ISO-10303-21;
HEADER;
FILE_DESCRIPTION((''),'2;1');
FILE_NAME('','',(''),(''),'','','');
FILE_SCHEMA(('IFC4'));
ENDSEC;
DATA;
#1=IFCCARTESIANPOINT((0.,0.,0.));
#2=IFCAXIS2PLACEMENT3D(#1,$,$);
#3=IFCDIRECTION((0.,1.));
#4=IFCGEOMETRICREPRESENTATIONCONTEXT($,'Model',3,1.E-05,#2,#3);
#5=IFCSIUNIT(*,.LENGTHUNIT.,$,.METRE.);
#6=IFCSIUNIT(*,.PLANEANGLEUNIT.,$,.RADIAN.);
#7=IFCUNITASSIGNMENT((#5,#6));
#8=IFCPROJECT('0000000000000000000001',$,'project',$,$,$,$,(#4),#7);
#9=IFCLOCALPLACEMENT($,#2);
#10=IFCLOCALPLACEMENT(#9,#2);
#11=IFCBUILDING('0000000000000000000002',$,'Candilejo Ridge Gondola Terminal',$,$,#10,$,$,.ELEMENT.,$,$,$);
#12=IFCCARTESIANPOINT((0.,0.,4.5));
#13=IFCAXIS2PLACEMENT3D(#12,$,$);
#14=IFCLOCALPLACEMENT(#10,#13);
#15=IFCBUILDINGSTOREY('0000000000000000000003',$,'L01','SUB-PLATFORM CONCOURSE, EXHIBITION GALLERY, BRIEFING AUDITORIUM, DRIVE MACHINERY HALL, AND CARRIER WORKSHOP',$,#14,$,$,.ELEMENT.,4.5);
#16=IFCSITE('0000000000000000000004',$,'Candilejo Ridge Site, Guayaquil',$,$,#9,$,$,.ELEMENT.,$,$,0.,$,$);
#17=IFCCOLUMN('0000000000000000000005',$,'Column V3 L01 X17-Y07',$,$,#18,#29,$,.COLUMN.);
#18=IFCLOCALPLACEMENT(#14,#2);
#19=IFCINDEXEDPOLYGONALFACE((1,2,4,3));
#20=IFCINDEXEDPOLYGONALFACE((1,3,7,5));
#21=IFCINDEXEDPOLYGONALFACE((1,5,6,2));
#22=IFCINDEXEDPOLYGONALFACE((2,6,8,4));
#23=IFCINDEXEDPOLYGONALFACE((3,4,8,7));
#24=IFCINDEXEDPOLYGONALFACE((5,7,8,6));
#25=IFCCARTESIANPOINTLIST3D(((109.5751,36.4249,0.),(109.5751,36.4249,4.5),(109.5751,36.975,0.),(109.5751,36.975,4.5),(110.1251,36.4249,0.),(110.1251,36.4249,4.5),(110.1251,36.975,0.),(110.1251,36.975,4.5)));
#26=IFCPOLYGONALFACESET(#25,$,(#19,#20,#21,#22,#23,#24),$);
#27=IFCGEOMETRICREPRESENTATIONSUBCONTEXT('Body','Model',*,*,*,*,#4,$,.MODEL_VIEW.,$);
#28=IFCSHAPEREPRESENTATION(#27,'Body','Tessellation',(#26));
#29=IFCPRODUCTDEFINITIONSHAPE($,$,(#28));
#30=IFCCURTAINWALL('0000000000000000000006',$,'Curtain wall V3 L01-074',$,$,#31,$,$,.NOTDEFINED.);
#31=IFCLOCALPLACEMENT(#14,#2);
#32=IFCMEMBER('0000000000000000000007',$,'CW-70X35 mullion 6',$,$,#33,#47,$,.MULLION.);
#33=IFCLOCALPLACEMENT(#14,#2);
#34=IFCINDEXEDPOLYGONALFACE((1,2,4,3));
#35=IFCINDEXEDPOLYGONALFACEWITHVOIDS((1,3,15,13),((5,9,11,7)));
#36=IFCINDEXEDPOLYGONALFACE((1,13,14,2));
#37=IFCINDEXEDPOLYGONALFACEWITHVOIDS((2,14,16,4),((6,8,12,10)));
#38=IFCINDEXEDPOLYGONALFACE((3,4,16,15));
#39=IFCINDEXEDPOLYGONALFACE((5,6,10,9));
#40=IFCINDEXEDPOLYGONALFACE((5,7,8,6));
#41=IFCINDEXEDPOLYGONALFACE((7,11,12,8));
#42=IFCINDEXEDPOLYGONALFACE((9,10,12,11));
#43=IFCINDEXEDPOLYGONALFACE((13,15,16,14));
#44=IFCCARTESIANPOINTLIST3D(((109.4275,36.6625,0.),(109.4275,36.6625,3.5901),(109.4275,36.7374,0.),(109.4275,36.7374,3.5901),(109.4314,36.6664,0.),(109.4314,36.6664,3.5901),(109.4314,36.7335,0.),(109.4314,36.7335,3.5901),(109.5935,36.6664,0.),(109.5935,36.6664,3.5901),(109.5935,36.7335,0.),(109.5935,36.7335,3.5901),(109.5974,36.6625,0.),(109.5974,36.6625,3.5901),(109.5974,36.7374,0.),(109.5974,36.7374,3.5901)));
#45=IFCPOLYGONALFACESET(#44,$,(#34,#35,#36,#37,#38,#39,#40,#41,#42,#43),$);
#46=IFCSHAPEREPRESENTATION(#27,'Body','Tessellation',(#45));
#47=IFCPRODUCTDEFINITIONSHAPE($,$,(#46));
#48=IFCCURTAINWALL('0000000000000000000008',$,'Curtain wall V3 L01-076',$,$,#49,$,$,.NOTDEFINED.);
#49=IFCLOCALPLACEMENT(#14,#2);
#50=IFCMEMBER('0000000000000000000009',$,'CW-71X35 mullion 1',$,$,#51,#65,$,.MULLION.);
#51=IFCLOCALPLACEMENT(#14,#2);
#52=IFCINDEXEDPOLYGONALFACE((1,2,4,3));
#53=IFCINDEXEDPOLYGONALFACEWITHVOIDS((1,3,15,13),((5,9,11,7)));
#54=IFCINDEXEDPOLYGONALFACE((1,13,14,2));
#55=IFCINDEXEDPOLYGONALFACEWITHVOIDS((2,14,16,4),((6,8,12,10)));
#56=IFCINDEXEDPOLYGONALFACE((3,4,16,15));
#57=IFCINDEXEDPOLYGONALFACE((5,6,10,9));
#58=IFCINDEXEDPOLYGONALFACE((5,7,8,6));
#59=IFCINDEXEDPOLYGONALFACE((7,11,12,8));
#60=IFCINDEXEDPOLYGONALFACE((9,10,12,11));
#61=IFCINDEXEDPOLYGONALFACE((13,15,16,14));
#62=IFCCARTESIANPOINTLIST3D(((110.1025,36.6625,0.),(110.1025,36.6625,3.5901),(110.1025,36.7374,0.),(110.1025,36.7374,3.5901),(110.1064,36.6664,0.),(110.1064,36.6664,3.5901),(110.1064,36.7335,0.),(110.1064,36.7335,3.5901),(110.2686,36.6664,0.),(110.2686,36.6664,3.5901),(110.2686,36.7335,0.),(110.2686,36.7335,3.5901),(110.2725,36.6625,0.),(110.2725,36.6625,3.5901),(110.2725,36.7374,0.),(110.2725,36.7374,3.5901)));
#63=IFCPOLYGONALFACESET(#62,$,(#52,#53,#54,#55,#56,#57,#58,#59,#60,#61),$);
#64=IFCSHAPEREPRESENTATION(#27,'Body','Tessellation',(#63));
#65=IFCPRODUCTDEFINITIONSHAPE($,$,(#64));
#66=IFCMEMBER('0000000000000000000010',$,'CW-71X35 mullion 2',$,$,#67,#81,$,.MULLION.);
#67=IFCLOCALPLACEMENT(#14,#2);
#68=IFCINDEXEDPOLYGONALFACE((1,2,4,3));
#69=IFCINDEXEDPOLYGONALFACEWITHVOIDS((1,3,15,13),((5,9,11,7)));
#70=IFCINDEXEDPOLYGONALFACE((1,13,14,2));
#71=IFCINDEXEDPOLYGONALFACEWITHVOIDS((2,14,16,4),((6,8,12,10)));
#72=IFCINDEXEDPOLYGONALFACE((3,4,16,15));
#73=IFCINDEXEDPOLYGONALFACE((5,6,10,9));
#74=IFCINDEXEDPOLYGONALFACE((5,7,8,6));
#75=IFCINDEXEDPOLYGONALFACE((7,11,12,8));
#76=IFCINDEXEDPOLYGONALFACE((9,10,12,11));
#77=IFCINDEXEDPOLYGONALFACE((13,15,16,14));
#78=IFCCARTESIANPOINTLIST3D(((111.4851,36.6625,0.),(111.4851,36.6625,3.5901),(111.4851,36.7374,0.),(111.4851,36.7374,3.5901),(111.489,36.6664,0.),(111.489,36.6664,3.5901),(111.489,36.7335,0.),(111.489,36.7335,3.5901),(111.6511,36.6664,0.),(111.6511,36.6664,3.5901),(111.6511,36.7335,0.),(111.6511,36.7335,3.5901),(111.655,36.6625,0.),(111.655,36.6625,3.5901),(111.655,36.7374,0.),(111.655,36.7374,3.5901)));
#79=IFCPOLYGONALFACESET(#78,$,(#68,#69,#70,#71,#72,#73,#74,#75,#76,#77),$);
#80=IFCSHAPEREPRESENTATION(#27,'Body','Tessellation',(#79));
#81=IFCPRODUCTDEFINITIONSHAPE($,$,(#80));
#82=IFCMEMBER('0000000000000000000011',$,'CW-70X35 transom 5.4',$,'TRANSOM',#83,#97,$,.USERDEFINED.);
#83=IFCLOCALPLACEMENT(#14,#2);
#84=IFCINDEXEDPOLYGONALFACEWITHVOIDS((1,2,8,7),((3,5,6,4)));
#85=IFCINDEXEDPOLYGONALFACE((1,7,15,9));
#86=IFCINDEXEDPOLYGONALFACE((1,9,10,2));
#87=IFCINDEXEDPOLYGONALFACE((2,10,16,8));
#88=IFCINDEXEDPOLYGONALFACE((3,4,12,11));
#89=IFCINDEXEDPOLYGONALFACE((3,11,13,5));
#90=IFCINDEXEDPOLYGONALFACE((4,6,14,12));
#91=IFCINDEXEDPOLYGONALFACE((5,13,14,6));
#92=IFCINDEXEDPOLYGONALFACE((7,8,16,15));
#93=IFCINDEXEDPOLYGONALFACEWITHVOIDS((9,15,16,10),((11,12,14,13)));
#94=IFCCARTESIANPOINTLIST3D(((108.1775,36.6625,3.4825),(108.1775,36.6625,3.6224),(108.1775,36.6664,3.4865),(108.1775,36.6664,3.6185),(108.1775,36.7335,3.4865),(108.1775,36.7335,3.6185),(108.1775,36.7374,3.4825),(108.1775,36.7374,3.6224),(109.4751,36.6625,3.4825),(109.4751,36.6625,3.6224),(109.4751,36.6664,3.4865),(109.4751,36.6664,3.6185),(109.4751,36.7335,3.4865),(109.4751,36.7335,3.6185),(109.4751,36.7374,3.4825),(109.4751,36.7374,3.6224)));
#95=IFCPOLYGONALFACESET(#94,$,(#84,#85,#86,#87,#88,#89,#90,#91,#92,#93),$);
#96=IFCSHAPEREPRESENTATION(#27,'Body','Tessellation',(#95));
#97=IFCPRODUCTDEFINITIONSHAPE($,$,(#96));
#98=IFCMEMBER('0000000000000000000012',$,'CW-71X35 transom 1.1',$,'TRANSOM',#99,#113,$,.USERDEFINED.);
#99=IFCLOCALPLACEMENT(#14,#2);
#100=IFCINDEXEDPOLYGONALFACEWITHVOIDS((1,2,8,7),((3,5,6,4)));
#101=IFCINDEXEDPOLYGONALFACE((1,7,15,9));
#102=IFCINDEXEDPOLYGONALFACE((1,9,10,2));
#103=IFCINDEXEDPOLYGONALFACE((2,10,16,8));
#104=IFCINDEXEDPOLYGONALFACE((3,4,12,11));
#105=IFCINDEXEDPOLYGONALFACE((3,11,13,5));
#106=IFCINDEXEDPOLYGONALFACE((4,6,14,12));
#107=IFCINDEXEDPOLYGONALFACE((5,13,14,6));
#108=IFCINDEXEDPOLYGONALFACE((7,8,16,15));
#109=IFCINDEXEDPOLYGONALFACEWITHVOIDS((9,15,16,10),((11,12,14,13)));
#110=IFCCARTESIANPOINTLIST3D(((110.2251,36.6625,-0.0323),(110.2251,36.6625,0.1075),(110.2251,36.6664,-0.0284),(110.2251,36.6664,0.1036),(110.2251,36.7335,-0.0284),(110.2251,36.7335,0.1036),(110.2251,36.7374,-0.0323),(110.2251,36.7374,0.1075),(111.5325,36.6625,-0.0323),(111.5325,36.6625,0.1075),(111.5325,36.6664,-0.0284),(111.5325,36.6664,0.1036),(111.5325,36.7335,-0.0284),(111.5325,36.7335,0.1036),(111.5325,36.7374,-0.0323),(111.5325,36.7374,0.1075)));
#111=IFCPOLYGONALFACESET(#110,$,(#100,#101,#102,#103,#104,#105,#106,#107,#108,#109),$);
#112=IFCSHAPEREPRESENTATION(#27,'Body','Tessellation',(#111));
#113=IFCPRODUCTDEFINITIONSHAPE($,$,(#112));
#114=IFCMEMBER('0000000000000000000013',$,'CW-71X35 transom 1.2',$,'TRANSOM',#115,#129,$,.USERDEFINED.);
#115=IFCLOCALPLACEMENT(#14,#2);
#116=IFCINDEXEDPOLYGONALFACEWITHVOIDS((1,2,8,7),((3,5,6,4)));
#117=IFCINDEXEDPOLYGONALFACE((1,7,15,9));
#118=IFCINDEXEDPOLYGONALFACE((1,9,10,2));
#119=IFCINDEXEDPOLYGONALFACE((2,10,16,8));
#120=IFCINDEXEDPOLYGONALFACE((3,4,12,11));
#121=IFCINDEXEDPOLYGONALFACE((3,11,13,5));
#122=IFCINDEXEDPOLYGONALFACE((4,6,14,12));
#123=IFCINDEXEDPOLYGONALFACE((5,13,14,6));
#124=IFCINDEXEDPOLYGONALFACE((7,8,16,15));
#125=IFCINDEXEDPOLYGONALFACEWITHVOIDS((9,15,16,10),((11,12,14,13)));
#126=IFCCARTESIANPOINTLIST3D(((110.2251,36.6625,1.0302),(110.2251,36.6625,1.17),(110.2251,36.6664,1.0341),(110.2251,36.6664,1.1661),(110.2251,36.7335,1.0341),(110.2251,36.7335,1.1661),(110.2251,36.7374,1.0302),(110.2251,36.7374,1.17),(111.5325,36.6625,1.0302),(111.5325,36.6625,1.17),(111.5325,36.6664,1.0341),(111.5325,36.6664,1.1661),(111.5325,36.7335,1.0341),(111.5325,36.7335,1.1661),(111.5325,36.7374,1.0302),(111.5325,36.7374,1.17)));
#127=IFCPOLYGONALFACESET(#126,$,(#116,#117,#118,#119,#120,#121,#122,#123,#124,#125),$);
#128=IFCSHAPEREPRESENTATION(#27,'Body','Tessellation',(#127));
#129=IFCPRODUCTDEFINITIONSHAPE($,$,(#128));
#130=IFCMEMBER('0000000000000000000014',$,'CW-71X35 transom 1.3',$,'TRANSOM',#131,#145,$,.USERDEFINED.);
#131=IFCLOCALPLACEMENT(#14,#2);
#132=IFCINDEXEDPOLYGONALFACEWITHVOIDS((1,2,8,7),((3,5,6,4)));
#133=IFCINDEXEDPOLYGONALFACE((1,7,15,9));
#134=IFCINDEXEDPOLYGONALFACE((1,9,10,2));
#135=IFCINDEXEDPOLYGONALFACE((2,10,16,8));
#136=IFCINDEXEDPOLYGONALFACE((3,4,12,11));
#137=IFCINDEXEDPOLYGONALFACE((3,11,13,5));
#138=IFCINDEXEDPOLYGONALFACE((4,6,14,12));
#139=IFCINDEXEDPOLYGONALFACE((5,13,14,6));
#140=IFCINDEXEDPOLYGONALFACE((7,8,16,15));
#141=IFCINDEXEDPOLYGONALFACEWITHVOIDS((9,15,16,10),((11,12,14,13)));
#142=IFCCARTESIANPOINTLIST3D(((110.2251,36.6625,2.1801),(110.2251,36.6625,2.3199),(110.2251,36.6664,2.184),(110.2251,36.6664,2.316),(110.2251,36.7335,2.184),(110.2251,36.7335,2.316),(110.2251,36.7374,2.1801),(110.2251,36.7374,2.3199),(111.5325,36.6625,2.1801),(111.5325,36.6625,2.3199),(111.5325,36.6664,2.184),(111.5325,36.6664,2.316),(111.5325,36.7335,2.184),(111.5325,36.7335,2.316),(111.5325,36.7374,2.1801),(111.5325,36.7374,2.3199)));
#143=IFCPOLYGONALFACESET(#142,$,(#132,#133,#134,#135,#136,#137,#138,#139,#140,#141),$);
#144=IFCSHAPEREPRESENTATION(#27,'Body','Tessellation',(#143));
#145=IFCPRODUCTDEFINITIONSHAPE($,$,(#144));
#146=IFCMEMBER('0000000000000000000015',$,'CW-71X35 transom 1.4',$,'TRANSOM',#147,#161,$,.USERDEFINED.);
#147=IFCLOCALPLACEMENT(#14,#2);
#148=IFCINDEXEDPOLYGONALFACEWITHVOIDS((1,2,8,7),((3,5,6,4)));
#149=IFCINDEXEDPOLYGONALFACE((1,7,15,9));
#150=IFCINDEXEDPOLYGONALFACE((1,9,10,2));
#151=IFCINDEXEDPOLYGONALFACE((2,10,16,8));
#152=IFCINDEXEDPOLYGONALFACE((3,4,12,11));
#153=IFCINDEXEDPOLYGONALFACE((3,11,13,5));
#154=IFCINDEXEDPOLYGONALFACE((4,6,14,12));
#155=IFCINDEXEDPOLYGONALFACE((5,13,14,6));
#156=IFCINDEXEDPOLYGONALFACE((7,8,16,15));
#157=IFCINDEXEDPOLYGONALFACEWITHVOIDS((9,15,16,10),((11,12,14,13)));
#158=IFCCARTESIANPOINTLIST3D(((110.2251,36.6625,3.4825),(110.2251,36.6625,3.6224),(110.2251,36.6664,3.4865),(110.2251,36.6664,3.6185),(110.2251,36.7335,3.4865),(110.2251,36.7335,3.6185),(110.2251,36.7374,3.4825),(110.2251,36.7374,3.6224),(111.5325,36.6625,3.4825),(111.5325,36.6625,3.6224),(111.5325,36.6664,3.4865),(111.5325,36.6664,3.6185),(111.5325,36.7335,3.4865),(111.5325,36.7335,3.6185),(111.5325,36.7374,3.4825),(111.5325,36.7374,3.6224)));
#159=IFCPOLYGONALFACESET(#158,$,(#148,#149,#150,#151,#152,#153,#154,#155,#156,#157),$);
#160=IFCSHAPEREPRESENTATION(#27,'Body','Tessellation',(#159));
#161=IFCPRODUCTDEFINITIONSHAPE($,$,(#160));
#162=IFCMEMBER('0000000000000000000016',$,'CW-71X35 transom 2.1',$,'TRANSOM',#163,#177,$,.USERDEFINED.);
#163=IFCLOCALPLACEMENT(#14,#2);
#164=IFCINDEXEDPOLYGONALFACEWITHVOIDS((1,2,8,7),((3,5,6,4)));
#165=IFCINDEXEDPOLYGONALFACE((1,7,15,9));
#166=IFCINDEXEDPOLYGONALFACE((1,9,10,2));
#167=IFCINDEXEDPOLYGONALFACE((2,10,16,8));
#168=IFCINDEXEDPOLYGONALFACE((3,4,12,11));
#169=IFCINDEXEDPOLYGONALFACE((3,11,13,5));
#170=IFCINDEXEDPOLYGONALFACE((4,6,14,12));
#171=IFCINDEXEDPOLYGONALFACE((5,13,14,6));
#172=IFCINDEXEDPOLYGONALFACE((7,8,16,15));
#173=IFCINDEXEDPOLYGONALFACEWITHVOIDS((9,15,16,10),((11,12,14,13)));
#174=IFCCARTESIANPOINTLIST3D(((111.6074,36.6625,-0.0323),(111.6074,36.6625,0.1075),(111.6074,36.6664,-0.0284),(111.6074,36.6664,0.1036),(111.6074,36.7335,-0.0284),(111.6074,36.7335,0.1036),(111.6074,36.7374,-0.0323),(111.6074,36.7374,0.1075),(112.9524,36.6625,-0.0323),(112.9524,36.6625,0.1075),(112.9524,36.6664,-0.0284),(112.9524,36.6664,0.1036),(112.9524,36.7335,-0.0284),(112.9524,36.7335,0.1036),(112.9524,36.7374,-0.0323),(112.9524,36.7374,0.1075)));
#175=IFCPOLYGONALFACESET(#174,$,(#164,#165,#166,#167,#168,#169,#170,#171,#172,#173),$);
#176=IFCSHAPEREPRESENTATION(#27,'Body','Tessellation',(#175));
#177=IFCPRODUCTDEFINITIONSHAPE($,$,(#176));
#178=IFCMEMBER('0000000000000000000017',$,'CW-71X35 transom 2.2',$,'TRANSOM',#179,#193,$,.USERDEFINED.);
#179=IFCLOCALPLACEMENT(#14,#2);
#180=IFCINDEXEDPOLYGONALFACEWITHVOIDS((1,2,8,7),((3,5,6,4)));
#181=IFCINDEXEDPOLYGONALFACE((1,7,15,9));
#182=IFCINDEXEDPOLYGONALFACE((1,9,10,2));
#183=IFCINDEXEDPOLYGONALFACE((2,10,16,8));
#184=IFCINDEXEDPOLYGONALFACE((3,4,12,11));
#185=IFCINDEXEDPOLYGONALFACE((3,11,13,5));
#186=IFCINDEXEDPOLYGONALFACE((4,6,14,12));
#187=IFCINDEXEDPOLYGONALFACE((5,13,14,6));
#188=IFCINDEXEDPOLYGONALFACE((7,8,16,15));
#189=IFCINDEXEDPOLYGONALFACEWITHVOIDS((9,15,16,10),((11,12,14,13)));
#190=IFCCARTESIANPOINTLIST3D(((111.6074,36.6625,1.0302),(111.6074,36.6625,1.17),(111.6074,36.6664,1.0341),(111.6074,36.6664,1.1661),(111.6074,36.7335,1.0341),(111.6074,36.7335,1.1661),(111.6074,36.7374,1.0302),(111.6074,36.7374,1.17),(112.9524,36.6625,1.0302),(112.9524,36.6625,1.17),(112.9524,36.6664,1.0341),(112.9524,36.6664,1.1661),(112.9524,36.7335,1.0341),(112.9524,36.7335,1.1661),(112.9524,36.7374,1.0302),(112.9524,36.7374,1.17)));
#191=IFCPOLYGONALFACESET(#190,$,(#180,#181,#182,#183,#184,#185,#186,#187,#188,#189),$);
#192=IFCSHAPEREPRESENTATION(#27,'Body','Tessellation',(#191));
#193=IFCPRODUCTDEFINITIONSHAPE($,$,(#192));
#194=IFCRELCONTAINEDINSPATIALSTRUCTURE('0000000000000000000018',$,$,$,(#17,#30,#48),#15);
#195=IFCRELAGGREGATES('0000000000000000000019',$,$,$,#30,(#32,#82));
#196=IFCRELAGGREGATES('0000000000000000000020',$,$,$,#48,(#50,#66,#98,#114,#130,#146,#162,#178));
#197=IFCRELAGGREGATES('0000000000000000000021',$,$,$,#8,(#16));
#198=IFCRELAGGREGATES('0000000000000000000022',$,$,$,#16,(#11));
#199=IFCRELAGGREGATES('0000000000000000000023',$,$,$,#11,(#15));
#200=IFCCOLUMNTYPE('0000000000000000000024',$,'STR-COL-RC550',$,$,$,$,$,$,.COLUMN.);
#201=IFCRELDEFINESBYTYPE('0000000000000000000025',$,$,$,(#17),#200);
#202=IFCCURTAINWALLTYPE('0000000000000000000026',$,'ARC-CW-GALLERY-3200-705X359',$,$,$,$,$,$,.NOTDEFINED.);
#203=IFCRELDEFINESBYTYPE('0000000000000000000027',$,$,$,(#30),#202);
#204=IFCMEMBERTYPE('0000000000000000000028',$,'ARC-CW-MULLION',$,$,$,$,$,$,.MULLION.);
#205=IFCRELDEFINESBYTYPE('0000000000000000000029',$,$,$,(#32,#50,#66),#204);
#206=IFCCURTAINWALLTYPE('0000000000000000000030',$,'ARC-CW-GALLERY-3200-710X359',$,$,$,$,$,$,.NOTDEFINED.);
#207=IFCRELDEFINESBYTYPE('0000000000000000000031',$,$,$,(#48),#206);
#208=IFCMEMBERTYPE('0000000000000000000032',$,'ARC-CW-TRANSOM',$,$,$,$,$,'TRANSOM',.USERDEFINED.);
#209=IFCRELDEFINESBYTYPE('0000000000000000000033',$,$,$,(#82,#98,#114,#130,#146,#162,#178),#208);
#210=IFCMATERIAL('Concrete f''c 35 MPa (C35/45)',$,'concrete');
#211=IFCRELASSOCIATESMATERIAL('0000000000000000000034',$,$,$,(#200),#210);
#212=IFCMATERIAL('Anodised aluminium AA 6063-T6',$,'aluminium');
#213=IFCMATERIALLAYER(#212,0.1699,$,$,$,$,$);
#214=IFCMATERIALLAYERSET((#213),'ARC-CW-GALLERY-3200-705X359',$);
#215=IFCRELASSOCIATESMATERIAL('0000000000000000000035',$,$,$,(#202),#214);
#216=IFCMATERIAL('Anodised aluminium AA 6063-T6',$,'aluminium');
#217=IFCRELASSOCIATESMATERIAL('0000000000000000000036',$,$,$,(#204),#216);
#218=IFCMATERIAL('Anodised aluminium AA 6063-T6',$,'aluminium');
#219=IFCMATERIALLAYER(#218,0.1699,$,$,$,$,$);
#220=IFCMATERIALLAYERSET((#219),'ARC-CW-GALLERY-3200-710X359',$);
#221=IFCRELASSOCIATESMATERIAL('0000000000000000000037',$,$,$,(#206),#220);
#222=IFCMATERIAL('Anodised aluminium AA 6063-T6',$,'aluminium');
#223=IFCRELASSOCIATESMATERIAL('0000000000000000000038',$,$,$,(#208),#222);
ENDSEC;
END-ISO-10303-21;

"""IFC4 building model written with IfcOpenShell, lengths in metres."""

from ifc_helpers import new_model, si_unit, direction, frame, origin, origin_2d, place, context, subcontext, project, spatial, rectangle, hollow_rectangle, extrude, material, layer, layer_set, material_profile, profile_set, type_object, element, aggregate, save


model = new_model("IFC4")

# Units and contexts
model_context = context("Model", 3, precision=1e-05, world=origin(), true_north=direction((0.0, 1.0)))
body_context = subcontext(model_context, "Body", "Model", "MODEL_VIEW")
ifc_project = project(units=[si_unit("LENGTHUNIT", "METRE"), si_unit("PLANEANGLEUNIT", "RADIAN")], contexts=[model_context])

# Site, building, storey
site_placement = place(None, origin())
site = spatial("IfcSite", under=ifc_project, at=site_placement, Name="Candilejo Ridge Site, Guayaquil", CompositionType="ELEMENT", RefElevation=0.0)
building_placement = place(site_placement, origin())
building = spatial("IfcBuilding", under=site, at=building_placement, Name="Candilejo Ridge Gondola Terminal", CompositionType="ELEMENT")
storey_placement = place(building_placement, frame((0.0, 0.0, 4.5)))
storey = spatial("IfcBuildingStorey", under=building, at=storey_placement, Name="L01", Description="SUB-PLATFORM CONCOURSE, EXHIBITION GALLERY, BRIEFING AUDITORIUM, DRIVE MACHINERY HALL, AND CARRIER WORKSHOP", CompositionType="ELEMENT", Elevation=4.5)

# Column
ifc_material_1 = material(Name="Concrete f'c 35 MPa (C35/45)", Category="concrete")
ifc_material_profile_1 = material_profile(ifc_material_1, rectangle(XDim=0.55, YDim=0.55, at=origin_2d()))
ifc_profile_set_1 = profile_set([ifc_material_profile_1], Name="Concrete f'c 35 MPa (C35/45)")
column_type = type_object("IfcColumnType", Name="STR-COL-RC550", PredefinedType="COLUMN", material=ifc_profile_set_1)
column_placement = place(storey_placement, frame((109.8501, 36.7, 0.0), z_axis=(0.0, 0.0, 1.0), x_axis=(1.0, 0.0, 0.0)))
element("IfcColumn", 1, at=column_placement, inside=storey, type_object=column_type, Name="Column V3 L01 X17-Y07", PredefinedType="COLUMN", context=body_context, shape_type="SweptSolid", body=[
    extrude(rectangle(XDim=0.55, YDim=0.55, at=origin_2d()), origin(), (0.0, 0.0, 1.0), 4.5),
])

# Curtain wall, member
ifc_material_2 = material(Name="Anodised aluminium AA 6063-T6", Category="aluminium")
ifc_layer_1 = layer(ifc_material_2, 0.1699)
ifc_layer_set_1 = layer_set([ifc_layer_1], Name="ARC-CW-GALLERY-3200-705X359")
curtain_wall_type_1 = type_object("IfcCurtainWallType", Name="ARC-CW-GALLERY-3200-705X359", PredefinedType="NOTDEFINED", material=ifc_layer_set_1)
curtain_wall_1_placement = place(storey_placement, origin())
curtain_wall_1 = element("IfcCurtainWall", 2, at=curtain_wall_1_placement, inside=storey, type_object=curtain_wall_type_1, Name="Curtain wall V3 L01-074", PredefinedType="NOTDEFINED")
ifc_material_3 = material(Name="Anodised aluminium AA 6063-T6", Category="aluminium")
ifc_material_profile_2 = material_profile(ifc_material_3, hollow_rectangle(XDim=0.075, YDim=0.1699, WallThickness=0.0039, at=origin_2d()))
ifc_profile_set_2 = profile_set([ifc_material_profile_2], Name="Anodised aluminium AA 6063-T6")
member_type_1 = type_object("IfcMemberType", Name="ARC-CW-MULLION", PredefinedType="MULLION", material=ifc_profile_set_2)
member_1_placement = place(storey_placement, frame((109.5125, 36.7, 0.0), z_axis=(0.0, 0.0, 1.0), x_axis=(0.0, 1.0, 0.0)))
member_1 = element("IfcMember", 3, at=member_1_placement, type_object=member_type_1, Name="CW-70X35 mullion 6", PredefinedType="MULLION", context=body_context, shape_type="SweptSolid", body=[
    extrude(hollow_rectangle(XDim=0.075, YDim=0.1699, WallThickness=0.0039, at=origin_2d()), origin(), (0.0, 0.0, 1.0), 3.5901),
])

# Curtain wall, members
ifc_material_4 = material(Name="Anodised aluminium AA 6063-T6", Category="aluminium")
ifc_layer_2 = layer(ifc_material_4, 0.1699)
ifc_layer_set_2 = layer_set([ifc_layer_2], Name="ARC-CW-GALLERY-3200-710X359")
curtain_wall_type_2 = type_object("IfcCurtainWallType", Name="ARC-CW-GALLERY-3200-710X359", PredefinedType="NOTDEFINED", material=ifc_layer_set_2)
curtain_wall_2_placement = place(storey_placement, origin())
curtain_wall_2 = element("IfcCurtainWall", 4, at=curtain_wall_2_placement, inside=storey, type_object=curtain_wall_type_2, Name="Curtain wall V3 L01-076", PredefinedType="NOTDEFINED")
member_2_placement = place(storey_placement, frame((110.1875, 36.7, 0.0), z_axis=(0.0, 0.0, 1.0), x_axis=(0.0, 1.0, 0.0)))
member_2 = element("IfcMember", 5, at=member_2_placement, type_object=member_type_1, Name="CW-71X35 mullion 1", PredefinedType="MULLION", context=body_context, shape_type="SweptSolid", body=[
    extrude(hollow_rectangle(XDim=0.075, YDim=0.1699, WallThickness=0.0039, at=origin_2d()), origin(), (0.0, 0.0, 1.0), 3.5901),
])
member_3_placement = place(storey_placement, frame((111.5701, 36.7, 0.0), z_axis=(0.0, 0.0, 1.0), x_axis=(0.0, 1.0, 0.0)))
member_3 = element("IfcMember", 6, at=member_3_placement, type_object=member_type_1, Name="CW-71X35 mullion 2", PredefinedType="MULLION", context=body_context, shape_type="SweptSolid", body=[
    extrude(hollow_rectangle(XDim=0.075, YDim=0.1699, WallThickness=0.0039, at=origin_2d()), origin(), (0.0, 0.0, 1.0), 3.5901),
])

# Members
ifc_material_5 = material(Name="Anodised aluminium AA 6063-T6", Category="aluminium")
ifc_material_profile_3 = material_profile(ifc_material_5, hollow_rectangle(XDim=0.075, YDim=0.1399, WallThickness=0.0039, at=origin_2d()))
ifc_profile_set_3 = profile_set([ifc_material_profile_3], Name="Anodised aluminium AA 6063-T6")
member_type_2 = type_object("IfcMemberType", Name="ARC-CW-TRANSOM", ElementType="TRANSOM", PredefinedType="USERDEFINED", material=ifc_profile_set_3)
member_4_placement = place(storey_placement, frame((108.1775, 36.7, 3.5525), z_axis=(1.0, 0.0, 0.0), x_axis=(0.0, 1.0, 0.0)))
member_4 = element("IfcMember", 7, at=member_4_placement, type_object=member_type_2, Name="CW-70X35 transom 5.4", ObjectType="TRANSOM", PredefinedType="USERDEFINED", context=body_context, shape_type="SweptSolid", body=[
    extrude(hollow_rectangle(XDim=0.075, YDim=0.1399, WallThickness=0.0039, at=origin_2d()), origin(), (0.0, 0.0, 1.0), 1.2976),
])
member_5_placement = place(storey_placement, frame((110.2251, 36.7, 0.0376), z_axis=(1.0, 0.0, 0.0), x_axis=(0.0, 1.0, 0.0)))
member_5 = element("IfcMember", 8, at=member_5_placement, type_object=member_type_2, Name="CW-71X35 transom 1.1", ObjectType="TRANSOM", PredefinedType="USERDEFINED", context=body_context, shape_type="SweptSolid", body=[
    extrude(hollow_rectangle(XDim=0.075, YDim=0.1399, WallThickness=0.0039, at=origin_2d()), origin(), (0.0, 0.0, 1.0), 1.3074),
])
member_6_placement = place(storey_placement, frame((110.2251, 36.7, 1.1001), z_axis=(1.0, 0.0, 0.0), x_axis=(0.0, 1.0, 0.0)))
member_6 = element("IfcMember", 9, at=member_6_placement, type_object=member_type_2, Name="CW-71X35 transom 1.2", ObjectType="TRANSOM", PredefinedType="USERDEFINED", context=body_context, shape_type="SweptSolid", body=[
    extrude(hollow_rectangle(XDim=0.075, YDim=0.1399, WallThickness=0.0039, at=origin_2d()), origin(), (0.0, 0.0, 1.0), 1.3074),
])
member_7_placement = place(storey_placement, frame((110.2251, 36.7, 2.25), z_axis=(1.0, 0.0, 0.0), x_axis=(0.0, 1.0, 0.0)))
member_7 = element("IfcMember", 10, at=member_7_placement, type_object=member_type_2, Name="CW-71X35 transom 1.3", ObjectType="TRANSOM", PredefinedType="USERDEFINED", context=body_context, shape_type="SweptSolid", body=[
    extrude(hollow_rectangle(XDim=0.075, YDim=0.1399, WallThickness=0.0039, at=origin_2d()), origin(), (0.0, 0.0, 1.0), 1.3074),
])
member_8_placement = place(storey_placement, frame((110.2251, 36.7, 3.5525), z_axis=(1.0, 0.0, 0.0), x_axis=(0.0, 1.0, 0.0)))
member_8 = element("IfcMember", 11, at=member_8_placement, type_object=member_type_2, Name="CW-71X35 transom 1.4", ObjectType="TRANSOM", PredefinedType="USERDEFINED", context=body_context, shape_type="SweptSolid", body=[
    extrude(hollow_rectangle(XDim=0.075, YDim=0.1399, WallThickness=0.0039, at=origin_2d()), origin(), (0.0, 0.0, 1.0), 1.3074),
])
member_9_placement = place(storey_placement, frame((111.6074, 36.7, 0.0376), z_axis=(1.0, 0.0, 0.0), x_axis=(0.0, 1.0, 0.0)))
member_9 = element("IfcMember", 12, at=member_9_placement, type_object=member_type_2, Name="CW-71X35 transom 2.1", ObjectType="TRANSOM", PredefinedType="USERDEFINED", context=body_context, shape_type="SweptSolid", body=[
    extrude(hollow_rectangle(XDim=0.075, YDim=0.1399, WallThickness=0.0039, at=origin_2d()), origin(), (0.0, 0.0, 1.0), 1.345),
])
member_10_placement = place(storey_placement, frame((111.6074, 36.7, 1.1001), z_axis=(1.0, 0.0, 0.0), x_axis=(0.0, 1.0, 0.0)))
member_10 = element("IfcMember", 13, at=member_10_placement, type_object=member_type_2, Name="CW-71X35 transom 2.2", ObjectType="TRANSOM", PredefinedType="USERDEFINED", context=body_context, shape_type="SweptSolid", body=[
    extrude(hollow_rectangle(XDim=0.075, YDim=0.1399, WallThickness=0.0039, at=origin_2d()), origin(), (0.0, 0.0, 1.0), 1.345),
])

aggregate(curtain_wall_1, [member_1, member_4])
aggregate(curtain_wall_2, [member_2, member_3, member_5, member_6, member_7, member_8, member_9, member_10])

save(model, "model.ifc")
